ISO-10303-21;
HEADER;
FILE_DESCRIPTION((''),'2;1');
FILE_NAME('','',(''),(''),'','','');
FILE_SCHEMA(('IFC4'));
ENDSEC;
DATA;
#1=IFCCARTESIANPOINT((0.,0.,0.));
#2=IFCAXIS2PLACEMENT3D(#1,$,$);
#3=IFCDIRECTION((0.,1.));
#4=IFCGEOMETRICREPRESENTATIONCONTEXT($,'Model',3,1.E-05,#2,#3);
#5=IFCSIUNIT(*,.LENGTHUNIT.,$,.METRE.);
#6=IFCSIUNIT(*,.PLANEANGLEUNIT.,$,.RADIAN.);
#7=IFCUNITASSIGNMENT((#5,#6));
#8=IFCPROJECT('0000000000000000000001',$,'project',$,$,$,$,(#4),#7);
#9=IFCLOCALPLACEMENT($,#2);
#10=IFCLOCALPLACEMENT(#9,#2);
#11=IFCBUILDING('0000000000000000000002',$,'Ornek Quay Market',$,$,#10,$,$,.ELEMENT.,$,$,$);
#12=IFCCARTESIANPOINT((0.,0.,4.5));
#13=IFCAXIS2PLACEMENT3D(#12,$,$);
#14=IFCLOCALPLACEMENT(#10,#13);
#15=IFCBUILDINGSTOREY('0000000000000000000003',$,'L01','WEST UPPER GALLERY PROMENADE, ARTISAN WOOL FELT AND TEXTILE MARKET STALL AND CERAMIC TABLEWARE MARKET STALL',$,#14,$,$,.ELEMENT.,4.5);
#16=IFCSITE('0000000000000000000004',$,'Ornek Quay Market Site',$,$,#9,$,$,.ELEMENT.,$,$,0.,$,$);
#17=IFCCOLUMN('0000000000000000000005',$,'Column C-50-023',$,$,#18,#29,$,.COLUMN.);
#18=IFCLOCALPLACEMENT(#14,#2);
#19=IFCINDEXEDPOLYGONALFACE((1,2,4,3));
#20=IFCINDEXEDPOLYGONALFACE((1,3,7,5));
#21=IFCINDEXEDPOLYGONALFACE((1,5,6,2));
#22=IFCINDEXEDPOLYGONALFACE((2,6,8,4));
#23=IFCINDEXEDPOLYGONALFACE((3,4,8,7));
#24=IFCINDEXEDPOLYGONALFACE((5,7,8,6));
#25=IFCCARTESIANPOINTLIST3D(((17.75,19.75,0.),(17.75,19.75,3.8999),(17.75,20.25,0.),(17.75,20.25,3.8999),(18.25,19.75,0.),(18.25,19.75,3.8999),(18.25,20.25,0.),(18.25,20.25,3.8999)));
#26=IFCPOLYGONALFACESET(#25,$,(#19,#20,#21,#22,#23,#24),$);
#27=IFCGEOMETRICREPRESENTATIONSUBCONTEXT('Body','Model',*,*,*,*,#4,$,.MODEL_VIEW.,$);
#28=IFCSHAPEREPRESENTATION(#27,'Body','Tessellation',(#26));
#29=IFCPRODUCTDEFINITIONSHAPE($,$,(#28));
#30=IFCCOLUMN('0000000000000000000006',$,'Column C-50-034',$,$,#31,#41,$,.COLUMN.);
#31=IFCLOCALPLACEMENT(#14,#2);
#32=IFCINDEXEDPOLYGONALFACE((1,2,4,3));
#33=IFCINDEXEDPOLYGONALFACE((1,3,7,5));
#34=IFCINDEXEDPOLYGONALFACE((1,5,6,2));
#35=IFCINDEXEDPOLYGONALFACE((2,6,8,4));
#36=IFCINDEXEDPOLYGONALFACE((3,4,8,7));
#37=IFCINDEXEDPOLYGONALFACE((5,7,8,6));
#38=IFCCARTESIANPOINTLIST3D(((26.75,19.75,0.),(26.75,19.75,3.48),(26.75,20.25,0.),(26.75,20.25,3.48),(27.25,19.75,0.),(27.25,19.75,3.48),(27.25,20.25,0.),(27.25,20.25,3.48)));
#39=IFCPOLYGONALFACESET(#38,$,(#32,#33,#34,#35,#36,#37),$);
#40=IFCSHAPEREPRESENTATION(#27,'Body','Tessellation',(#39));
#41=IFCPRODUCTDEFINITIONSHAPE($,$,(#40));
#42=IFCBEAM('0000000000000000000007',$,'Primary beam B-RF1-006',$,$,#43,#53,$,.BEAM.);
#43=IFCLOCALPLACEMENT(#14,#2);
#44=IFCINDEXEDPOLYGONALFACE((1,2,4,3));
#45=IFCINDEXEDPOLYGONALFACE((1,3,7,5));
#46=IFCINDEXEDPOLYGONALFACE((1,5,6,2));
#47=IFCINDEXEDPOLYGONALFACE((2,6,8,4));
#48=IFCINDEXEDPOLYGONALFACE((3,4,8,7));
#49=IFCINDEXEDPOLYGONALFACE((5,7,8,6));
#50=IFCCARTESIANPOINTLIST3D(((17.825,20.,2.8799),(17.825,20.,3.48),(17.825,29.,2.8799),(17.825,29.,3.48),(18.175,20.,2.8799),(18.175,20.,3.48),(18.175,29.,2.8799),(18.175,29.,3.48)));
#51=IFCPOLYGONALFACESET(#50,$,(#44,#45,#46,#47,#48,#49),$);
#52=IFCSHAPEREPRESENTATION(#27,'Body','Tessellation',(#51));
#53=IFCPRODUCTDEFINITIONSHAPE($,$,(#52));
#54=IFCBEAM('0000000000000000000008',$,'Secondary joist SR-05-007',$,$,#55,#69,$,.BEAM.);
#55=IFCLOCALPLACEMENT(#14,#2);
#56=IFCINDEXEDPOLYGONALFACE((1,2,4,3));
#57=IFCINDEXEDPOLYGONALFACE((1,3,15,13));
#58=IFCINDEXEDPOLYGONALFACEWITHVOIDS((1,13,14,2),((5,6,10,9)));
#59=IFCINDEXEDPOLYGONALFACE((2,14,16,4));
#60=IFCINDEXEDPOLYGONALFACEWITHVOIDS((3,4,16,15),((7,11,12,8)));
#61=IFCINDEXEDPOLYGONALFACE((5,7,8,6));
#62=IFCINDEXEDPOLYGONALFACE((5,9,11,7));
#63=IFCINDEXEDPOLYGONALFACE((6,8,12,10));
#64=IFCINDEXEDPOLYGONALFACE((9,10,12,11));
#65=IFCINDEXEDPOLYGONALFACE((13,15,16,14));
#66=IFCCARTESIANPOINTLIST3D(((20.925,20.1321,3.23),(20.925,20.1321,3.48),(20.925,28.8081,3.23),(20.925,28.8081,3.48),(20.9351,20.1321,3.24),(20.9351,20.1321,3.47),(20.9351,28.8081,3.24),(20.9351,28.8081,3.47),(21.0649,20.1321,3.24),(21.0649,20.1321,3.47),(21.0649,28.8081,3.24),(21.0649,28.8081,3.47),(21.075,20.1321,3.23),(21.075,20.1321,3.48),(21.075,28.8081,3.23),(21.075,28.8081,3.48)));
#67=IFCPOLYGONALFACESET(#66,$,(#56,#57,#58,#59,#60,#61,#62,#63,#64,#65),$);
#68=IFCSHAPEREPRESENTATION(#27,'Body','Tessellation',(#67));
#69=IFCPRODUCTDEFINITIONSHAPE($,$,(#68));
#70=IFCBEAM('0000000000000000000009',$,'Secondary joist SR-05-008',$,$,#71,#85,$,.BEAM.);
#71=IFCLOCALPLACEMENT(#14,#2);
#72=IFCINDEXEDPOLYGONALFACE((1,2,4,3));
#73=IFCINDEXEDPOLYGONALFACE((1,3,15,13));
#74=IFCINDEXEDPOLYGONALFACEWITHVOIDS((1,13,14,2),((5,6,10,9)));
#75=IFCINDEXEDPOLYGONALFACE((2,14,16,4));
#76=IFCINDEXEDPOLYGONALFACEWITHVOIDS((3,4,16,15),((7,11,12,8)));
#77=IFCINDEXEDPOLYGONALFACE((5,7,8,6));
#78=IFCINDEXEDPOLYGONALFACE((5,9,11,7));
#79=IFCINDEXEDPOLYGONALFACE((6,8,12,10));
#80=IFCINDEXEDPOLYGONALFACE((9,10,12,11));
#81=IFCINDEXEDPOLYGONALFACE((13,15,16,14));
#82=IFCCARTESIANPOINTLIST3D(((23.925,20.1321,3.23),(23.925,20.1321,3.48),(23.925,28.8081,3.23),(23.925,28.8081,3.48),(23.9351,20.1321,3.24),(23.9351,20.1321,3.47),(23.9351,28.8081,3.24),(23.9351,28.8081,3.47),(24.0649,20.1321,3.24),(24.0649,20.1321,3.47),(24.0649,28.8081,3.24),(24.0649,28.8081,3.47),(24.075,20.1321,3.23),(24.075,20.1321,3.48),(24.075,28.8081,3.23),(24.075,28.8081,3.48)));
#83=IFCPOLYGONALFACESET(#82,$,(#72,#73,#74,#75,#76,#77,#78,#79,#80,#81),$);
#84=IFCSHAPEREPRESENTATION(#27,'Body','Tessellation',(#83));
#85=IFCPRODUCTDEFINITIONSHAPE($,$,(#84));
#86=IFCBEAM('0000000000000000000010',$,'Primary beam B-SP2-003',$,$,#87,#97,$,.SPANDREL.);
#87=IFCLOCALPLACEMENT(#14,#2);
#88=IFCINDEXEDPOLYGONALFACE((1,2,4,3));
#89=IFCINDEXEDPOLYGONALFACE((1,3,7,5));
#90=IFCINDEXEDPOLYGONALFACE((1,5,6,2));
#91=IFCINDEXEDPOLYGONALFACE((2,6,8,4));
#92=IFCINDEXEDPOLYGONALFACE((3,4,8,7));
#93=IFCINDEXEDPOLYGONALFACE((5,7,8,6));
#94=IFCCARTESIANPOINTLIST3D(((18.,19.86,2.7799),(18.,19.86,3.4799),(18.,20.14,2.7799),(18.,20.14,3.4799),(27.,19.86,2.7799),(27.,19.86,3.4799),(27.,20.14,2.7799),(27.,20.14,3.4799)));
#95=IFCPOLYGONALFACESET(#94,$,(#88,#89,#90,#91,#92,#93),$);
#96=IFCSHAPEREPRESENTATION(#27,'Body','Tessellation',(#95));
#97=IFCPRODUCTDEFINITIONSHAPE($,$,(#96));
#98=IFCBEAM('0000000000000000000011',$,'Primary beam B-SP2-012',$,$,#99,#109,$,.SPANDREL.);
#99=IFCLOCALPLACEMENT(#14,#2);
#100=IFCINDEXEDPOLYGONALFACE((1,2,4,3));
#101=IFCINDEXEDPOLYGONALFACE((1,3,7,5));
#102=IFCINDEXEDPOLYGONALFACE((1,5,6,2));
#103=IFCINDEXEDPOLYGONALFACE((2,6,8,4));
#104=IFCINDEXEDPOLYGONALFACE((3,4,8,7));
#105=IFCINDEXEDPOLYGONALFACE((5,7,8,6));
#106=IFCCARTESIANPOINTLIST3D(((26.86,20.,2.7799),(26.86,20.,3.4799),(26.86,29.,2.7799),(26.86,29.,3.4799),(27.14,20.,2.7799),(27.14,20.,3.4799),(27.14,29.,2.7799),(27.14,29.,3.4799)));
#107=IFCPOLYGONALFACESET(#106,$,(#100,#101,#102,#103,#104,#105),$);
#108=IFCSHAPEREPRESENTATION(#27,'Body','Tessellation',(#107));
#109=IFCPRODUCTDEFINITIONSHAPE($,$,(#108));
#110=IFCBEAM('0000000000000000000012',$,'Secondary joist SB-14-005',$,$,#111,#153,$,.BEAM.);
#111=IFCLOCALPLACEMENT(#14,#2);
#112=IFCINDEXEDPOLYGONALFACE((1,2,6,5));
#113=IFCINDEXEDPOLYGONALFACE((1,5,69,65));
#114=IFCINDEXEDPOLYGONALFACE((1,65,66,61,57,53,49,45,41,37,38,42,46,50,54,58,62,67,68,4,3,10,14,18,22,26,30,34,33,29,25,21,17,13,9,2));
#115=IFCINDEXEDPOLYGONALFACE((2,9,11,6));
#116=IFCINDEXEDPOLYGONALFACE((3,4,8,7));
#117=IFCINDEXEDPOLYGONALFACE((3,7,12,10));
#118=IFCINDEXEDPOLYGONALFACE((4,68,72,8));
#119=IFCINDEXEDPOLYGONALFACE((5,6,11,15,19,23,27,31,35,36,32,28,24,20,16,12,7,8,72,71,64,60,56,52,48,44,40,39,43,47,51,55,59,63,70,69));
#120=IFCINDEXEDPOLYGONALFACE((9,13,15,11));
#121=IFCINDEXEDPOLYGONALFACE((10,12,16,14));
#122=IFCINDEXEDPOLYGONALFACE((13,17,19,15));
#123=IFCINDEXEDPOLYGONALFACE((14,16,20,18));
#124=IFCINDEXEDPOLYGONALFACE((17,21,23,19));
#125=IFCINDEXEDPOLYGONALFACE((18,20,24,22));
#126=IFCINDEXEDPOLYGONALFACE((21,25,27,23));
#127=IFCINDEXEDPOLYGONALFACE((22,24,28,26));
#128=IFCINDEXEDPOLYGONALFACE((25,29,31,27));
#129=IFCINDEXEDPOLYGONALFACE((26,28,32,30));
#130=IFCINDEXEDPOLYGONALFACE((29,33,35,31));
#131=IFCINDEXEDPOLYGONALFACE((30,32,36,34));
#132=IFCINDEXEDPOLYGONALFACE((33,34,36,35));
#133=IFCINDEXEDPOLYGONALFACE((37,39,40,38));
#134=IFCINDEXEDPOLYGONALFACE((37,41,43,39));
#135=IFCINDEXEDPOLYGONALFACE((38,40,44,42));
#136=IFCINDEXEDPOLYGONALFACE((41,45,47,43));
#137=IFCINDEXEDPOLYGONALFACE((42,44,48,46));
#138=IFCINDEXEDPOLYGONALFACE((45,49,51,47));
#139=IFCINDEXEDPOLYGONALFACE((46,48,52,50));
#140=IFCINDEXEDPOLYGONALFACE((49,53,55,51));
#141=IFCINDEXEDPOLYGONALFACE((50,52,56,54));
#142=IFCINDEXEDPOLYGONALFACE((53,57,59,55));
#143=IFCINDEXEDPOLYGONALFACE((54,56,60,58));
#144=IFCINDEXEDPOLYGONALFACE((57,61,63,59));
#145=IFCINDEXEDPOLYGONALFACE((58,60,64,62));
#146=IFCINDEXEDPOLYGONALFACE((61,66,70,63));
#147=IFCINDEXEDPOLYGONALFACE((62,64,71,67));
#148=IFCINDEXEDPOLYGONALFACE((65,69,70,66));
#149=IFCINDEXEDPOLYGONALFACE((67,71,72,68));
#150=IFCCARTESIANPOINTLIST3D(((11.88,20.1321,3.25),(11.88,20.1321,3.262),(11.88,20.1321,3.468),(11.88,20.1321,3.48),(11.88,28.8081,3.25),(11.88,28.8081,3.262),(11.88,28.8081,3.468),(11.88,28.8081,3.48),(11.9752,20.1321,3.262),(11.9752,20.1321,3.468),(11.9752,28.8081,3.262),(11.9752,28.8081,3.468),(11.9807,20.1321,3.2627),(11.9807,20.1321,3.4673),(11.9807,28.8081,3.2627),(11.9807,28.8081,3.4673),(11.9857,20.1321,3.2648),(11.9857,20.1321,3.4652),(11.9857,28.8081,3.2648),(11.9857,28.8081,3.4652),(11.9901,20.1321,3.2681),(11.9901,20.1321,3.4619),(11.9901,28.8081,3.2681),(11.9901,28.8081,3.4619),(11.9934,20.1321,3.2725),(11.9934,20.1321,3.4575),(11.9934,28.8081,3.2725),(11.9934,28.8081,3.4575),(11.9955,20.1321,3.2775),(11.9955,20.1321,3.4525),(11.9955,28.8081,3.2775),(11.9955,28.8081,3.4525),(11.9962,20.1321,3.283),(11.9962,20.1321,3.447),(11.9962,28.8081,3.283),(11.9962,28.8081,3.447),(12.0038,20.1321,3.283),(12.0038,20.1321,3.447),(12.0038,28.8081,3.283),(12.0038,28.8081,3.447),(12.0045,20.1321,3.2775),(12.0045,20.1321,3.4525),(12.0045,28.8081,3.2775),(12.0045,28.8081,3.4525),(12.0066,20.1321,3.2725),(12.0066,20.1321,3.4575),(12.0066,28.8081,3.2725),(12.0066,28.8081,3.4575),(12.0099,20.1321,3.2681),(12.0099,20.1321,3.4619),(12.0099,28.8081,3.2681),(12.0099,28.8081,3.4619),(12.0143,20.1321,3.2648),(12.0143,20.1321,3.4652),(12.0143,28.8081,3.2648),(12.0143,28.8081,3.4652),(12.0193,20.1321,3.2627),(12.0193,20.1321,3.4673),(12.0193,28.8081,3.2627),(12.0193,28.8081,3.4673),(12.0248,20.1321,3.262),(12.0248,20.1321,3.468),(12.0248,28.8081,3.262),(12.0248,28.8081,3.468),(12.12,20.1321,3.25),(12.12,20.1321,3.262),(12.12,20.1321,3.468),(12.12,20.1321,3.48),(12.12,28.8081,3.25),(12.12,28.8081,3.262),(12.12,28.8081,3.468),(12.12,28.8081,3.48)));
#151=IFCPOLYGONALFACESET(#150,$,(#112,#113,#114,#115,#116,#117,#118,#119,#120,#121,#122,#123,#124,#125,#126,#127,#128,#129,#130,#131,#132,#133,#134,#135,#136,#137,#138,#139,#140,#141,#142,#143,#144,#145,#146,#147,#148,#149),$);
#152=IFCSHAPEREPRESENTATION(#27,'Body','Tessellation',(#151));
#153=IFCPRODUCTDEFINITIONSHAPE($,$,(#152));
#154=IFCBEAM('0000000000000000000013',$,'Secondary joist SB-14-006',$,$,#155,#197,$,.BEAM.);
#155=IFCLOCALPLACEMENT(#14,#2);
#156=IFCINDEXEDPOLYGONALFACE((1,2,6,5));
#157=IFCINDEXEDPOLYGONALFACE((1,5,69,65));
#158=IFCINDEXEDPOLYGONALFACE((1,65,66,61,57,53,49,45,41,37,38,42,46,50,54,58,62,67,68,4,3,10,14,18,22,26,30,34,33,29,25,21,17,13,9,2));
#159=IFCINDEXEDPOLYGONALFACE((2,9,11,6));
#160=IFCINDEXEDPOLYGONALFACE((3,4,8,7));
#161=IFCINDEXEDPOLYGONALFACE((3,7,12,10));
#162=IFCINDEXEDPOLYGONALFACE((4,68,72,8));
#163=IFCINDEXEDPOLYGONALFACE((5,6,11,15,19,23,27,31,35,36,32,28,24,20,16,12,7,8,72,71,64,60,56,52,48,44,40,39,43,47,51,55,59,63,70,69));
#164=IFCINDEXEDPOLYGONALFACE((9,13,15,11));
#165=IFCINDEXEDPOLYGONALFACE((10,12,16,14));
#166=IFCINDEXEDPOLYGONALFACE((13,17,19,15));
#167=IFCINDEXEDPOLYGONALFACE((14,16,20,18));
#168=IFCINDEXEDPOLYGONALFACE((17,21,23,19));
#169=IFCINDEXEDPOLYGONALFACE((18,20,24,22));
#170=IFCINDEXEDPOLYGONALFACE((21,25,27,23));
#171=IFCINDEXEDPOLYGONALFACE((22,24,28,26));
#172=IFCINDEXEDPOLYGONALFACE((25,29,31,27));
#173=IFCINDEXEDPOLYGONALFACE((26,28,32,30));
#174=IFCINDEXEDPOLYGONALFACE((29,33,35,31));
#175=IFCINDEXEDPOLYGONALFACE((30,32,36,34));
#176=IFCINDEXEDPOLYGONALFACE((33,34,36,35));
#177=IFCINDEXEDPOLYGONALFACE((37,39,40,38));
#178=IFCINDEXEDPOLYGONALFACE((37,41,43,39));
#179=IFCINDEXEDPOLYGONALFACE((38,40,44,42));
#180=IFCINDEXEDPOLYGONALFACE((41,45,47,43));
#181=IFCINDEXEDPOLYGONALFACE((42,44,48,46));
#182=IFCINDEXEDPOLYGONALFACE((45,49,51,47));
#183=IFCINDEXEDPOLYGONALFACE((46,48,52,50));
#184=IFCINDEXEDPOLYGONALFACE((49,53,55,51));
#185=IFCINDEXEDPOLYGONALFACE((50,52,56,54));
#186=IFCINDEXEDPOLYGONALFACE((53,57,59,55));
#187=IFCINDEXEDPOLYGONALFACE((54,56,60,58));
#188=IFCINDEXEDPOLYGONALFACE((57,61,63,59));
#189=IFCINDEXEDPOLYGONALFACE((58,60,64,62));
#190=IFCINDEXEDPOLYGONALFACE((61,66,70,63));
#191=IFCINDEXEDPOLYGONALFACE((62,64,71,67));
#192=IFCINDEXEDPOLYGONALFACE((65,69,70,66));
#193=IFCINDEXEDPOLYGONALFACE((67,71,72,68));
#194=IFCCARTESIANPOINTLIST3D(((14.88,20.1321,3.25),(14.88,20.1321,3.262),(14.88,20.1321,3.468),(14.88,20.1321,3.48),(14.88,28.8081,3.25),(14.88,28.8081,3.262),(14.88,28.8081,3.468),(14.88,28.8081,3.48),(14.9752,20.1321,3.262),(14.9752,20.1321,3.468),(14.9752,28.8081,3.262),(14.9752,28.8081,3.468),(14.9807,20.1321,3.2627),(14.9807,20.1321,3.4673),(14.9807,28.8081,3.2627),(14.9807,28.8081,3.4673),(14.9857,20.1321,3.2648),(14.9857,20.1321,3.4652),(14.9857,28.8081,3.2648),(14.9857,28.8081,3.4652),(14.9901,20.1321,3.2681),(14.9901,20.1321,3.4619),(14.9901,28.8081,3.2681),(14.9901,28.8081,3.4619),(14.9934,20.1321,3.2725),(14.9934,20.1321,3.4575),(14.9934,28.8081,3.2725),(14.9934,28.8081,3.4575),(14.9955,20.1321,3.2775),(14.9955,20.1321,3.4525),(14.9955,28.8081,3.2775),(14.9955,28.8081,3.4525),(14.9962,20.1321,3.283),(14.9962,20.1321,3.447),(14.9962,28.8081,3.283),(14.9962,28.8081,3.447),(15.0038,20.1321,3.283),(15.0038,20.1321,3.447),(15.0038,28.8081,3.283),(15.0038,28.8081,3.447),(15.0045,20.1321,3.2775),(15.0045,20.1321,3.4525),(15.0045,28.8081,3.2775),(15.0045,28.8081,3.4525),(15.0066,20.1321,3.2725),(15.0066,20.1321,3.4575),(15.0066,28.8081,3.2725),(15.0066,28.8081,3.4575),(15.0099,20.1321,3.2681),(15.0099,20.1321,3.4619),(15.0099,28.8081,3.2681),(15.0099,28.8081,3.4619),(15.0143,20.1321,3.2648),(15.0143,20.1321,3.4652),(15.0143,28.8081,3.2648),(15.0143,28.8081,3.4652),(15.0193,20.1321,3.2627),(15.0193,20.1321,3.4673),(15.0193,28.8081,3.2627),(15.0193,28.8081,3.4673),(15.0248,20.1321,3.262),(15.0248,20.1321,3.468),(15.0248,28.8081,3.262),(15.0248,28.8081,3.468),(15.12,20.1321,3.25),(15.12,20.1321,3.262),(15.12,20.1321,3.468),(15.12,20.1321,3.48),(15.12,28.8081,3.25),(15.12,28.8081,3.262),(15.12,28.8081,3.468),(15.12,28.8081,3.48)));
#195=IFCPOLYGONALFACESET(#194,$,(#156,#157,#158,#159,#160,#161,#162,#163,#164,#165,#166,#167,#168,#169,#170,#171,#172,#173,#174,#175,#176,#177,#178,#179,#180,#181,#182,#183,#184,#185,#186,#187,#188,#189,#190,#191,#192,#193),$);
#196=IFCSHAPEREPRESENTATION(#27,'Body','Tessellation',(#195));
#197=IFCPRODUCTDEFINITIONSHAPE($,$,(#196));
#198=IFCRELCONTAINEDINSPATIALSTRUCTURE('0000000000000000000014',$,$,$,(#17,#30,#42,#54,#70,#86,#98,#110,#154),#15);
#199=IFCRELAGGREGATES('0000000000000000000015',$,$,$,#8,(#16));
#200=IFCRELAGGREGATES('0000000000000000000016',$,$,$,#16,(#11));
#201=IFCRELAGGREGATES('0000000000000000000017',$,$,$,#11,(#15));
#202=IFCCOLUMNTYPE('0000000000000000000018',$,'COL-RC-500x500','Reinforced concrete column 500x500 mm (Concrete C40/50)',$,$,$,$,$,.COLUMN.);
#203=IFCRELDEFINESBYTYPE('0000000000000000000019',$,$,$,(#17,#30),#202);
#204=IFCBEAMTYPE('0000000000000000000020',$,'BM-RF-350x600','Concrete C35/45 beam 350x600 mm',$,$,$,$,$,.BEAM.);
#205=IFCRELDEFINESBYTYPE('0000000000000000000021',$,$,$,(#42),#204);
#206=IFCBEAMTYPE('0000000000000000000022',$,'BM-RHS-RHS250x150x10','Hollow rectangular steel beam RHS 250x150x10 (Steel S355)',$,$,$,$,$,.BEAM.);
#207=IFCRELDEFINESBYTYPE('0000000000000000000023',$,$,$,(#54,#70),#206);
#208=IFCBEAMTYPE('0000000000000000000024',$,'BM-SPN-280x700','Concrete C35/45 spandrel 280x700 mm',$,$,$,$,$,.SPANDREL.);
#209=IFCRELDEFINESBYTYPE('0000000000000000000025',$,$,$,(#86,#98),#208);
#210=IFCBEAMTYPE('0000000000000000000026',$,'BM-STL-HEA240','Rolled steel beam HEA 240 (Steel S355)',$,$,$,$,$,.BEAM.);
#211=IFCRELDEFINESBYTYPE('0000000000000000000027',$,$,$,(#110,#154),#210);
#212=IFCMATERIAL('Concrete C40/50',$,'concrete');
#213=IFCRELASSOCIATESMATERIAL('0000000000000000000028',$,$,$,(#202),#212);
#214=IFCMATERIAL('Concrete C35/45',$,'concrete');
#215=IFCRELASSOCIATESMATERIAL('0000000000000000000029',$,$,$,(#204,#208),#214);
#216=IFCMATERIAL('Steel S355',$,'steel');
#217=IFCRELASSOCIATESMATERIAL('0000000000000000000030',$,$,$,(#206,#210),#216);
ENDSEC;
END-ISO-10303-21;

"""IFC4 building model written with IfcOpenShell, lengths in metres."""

from ifc_helpers import new_model, si_unit, direction, frame, origin, origin_2d, place, context, subcontext, project, spatial, rectangle, hollow_rectangle, i_section, extrude, material, material_profile, profile_set, type_object, element, save


model = new_model("IFC4")

# Units and contexts
model_context = context("Model", 3, precision=1e-05, world=origin(), true_north=direction((0.0, 1.0)))
body_context = subcontext(model_context, "Body", "Model", "MODEL_VIEW")
ifc_project = project(units=[si_unit("LENGTHUNIT", "METRE"), si_unit("PLANEANGLEUNIT", "RADIAN")], contexts=[model_context])

# Site, building, storey
site_placement = place(None, origin())
site = spatial("IfcSite", under=ifc_project, at=site_placement, Name="Ornek Quay Market Site", CompositionType="ELEMENT", RefElevation=0.0)
building_placement = place(site_placement, origin())
building = spatial("IfcBuilding", under=site, at=building_placement, Name="Ornek Quay Market", CompositionType="ELEMENT")
storey_placement = place(building_placement, frame((0.0, 0.0, 4.5)))
storey = spatial("IfcBuildingStorey", under=building, at=storey_placement, Name="L01", Description="WEST UPPER GALLERY PROMENADE, ARTISAN WOOL FELT AND TEXTILE MARKET STALL AND CERAMIC TABLEWARE MARKET STALL", CompositionType="ELEMENT", Elevation=4.5)

# Columns
ifc_material_1 = material(Name="Concrete C40/50", Category="concrete")
ifc_material_profile_1 = material_profile(ifc_material_1, rectangle(XDim=0.5, YDim=0.5, at=origin_2d()), Name="RC 500x500", Category="concrete")
ifc_profile_set_1 = profile_set([ifc_material_profile_1], Name="Concrete C40/50")
column_type = type_object("IfcColumnType", Name="COL-RC-500x500", Description="Reinforced concrete column 500x500 mm (Concrete C40/50)", PredefinedType="COLUMN", material=ifc_profile_set_1)
column_1_placement = place(storey_placement, frame((18.0, 20.0, 0.0), z_axis=(0.0, 0.0, 1.0), x_axis=(1.0, 0.0, 0.0)))
element("IfcColumn", 1, at=column_1_placement, inside=storey, type_object=column_type, Name="Column C-50-023", PredefinedType="COLUMN", context=body_context, shape_type="SweptSolid", body=[
    extrude(rectangle(XDim=0.5, YDim=0.5, at=origin_2d()), origin(), (0.0, 0.0, 1.0), 3.8999),
])
column_2_placement = place(storey_placement, frame((27.0, 20.0, 0.0), z_axis=(0.0, 0.0, 1.0), x_axis=(1.0, 0.0, 0.0)))
element("IfcColumn", 2, at=column_2_placement, inside=storey, type_object=column_type, Name="Column C-50-034", PredefinedType="COLUMN", context=body_context, shape_type="SweptSolid", body=[
    extrude(rectangle(XDim=0.5, YDim=0.5, at=origin_2d()), origin(), (0.0, 0.0, 1.0), 3.48),
])

# Beams
ifc_material_2 = material(Name="Concrete C35/45", Category="concrete")
ifc_material_profile_2 = material_profile(ifc_material_2, rectangle(XDim=0.3501, YDim=0.6001, at=origin_2d()), Name="RC 350x600", Category="concrete")
ifc_profile_set_2 = profile_set([ifc_material_profile_2], Name="Concrete C35/45")
beam_type_1 = type_object("IfcBeamType", Name="BM-RF-350x600", Description="Concrete C35/45 beam 350x600 mm", PredefinedType="BEAM", material=ifc_profile_set_2)
beam_placement = place(storey_placement, frame((18.0, 20.0, 3.1799), z_axis=(0.0, 1.0, 0.0), x_axis=(-1.0, 0.0, 0.0)))
element("IfcBeam", 3, at=beam_placement, inside=storey, type_object=beam_type_1, Name="Primary beam B-RF1-006", PredefinedType="BEAM", context=body_context, shape_type="SweptSolid", body=[
    extrude(rectangle(XDim=0.3501, YDim=0.6001, at=origin_2d()), origin(), (0.0, 0.0, 1.0), 9.0),
])
ifc_material_3 = material(Name="Steel S355", Category="steel")
ifc_material_profile_3 = material_profile(ifc_material_3, hollow_rectangle(XDim=0.1499, YDim=0.25, WallThickness=0.01, at=origin_2d()), Name="RHS 250x150x10", Category="steel")
ifc_profile_set_3 = profile_set([ifc_material_profile_3], Name="Steel S355")
beam_type_2 = type_object("IfcBeamType", Name="BM-RHS-RHS250x150x10", Description="Hollow rectangular steel beam RHS 250x150x10 (Steel S355)", PredefinedType="BEAM", material=ifc_profile_set_3)
for number, where, z_axis, x_axis, name in (
    (4, (21.0, 20.1321, 3.355), (0.0, 1.0, 0.0), (-1.0, 0.0, 0.0), "Secondary joist SR-05-007"),
    (5, (24.0, 20.1321, 3.355), (0.0, 1.0, 0.0), (-1.0, 0.0, 0.0), "Secondary joist SR-05-008"),
):
    element("IfcBeam", number, at=place(storey_placement, frame(where, z_axis=z_axis, x_axis=x_axis)), inside=storey, type_object=beam_type_2, Name=name, PredefinedType="BEAM", context=body_context, shape_type="SweptSolid", body=[
        extrude(hollow_rectangle(XDim=0.1499, YDim=0.25, WallThickness=0.01, at=origin_2d()), origin(), (0.0, 0.0, 1.0), 8.676),
    ])
ifc_material_profile_4 = material_profile(ifc_material_2, rectangle(XDim=0.28, YDim=0.7, at=origin_2d()), Name="RC 280x700", Category="concrete")
ifc_profile_set_4 = profile_set([ifc_material_profile_4], Name="Concrete C35/45")
beam_type_3 = type_object("IfcBeamType", Name="BM-SPN-280x700", Description="Concrete C35/45 spandrel 280x700 mm", PredefinedType="SPANDREL", material=ifc_profile_set_4)
for number, where, z_axis, x_axis, name in (
    (6, (18.0, 20.0, 3.1299), (1.0, 0.0, 0.0), (0.0, 1.0, 0.0), "Primary beam B-SP2-003"),
    (7, (27.0, 20.0, 3.1299), (0.0, 1.0, 0.0), (-1.0, 0.0, 0.0), "Primary beam B-SP2-012"),
):
    element("IfcBeam", number, at=place(storey_placement, frame(where, z_axis=z_axis, x_axis=x_axis)), inside=storey, type_object=beam_type_3, Name=name, PredefinedType="SPANDREL", context=body_context, shape_type="SweptSolid", body=[
        extrude(rectangle(XDim=0.28, YDim=0.7, at=origin_2d()), origin(), (0.0, 0.0, 1.0), 9.0),
    ])
ifc_material_profile_5 = material_profile(ifc_material_3, i_section(OverallWidth=0.24, OverallDepth=0.23, WebThickness=0.0076, FlangeThickness=0.012, FilletRadius=0.021, at=origin_2d()), Name="HEA 240", Category="steel")
ifc_profile_set_5 = profile_set([ifc_material_profile_5], Name="Steel S355")
beam_type_4 = type_object("IfcBeamType", Name="BM-STL-HEA240", Description="Rolled steel beam HEA 240 (Steel S355)", PredefinedType="BEAM", material=ifc_profile_set_5)
for number, where, z_axis, x_axis, name in (
    (8, (12.0, 20.1321, 3.365), (0.0, 1.0, 0.0), (-1.0, 0.0, 0.0), "Secondary joist SB-14-005"),
    (9, (15.0, 20.1321, 3.365), (0.0, 1.0, 0.0), (-1.0, 0.0, 0.0), "Secondary joist SB-14-006"),
):
    element("IfcBeam", number, at=place(storey_placement, frame(where, z_axis=z_axis, x_axis=x_axis)), inside=storey, type_object=beam_type_4, Name=name, PredefinedType="BEAM", context=body_context, shape_type="SweptSolid", body=[
        extrude(i_section(OverallWidth=0.24, OverallDepth=0.23, WebThickness=0.0076, FlangeThickness=0.012, FilletRadius=0.021, at=origin_2d()), origin(), (0.0, 0.0, 1.0), 8.676),
    ])

save(model, "model.ifc")
